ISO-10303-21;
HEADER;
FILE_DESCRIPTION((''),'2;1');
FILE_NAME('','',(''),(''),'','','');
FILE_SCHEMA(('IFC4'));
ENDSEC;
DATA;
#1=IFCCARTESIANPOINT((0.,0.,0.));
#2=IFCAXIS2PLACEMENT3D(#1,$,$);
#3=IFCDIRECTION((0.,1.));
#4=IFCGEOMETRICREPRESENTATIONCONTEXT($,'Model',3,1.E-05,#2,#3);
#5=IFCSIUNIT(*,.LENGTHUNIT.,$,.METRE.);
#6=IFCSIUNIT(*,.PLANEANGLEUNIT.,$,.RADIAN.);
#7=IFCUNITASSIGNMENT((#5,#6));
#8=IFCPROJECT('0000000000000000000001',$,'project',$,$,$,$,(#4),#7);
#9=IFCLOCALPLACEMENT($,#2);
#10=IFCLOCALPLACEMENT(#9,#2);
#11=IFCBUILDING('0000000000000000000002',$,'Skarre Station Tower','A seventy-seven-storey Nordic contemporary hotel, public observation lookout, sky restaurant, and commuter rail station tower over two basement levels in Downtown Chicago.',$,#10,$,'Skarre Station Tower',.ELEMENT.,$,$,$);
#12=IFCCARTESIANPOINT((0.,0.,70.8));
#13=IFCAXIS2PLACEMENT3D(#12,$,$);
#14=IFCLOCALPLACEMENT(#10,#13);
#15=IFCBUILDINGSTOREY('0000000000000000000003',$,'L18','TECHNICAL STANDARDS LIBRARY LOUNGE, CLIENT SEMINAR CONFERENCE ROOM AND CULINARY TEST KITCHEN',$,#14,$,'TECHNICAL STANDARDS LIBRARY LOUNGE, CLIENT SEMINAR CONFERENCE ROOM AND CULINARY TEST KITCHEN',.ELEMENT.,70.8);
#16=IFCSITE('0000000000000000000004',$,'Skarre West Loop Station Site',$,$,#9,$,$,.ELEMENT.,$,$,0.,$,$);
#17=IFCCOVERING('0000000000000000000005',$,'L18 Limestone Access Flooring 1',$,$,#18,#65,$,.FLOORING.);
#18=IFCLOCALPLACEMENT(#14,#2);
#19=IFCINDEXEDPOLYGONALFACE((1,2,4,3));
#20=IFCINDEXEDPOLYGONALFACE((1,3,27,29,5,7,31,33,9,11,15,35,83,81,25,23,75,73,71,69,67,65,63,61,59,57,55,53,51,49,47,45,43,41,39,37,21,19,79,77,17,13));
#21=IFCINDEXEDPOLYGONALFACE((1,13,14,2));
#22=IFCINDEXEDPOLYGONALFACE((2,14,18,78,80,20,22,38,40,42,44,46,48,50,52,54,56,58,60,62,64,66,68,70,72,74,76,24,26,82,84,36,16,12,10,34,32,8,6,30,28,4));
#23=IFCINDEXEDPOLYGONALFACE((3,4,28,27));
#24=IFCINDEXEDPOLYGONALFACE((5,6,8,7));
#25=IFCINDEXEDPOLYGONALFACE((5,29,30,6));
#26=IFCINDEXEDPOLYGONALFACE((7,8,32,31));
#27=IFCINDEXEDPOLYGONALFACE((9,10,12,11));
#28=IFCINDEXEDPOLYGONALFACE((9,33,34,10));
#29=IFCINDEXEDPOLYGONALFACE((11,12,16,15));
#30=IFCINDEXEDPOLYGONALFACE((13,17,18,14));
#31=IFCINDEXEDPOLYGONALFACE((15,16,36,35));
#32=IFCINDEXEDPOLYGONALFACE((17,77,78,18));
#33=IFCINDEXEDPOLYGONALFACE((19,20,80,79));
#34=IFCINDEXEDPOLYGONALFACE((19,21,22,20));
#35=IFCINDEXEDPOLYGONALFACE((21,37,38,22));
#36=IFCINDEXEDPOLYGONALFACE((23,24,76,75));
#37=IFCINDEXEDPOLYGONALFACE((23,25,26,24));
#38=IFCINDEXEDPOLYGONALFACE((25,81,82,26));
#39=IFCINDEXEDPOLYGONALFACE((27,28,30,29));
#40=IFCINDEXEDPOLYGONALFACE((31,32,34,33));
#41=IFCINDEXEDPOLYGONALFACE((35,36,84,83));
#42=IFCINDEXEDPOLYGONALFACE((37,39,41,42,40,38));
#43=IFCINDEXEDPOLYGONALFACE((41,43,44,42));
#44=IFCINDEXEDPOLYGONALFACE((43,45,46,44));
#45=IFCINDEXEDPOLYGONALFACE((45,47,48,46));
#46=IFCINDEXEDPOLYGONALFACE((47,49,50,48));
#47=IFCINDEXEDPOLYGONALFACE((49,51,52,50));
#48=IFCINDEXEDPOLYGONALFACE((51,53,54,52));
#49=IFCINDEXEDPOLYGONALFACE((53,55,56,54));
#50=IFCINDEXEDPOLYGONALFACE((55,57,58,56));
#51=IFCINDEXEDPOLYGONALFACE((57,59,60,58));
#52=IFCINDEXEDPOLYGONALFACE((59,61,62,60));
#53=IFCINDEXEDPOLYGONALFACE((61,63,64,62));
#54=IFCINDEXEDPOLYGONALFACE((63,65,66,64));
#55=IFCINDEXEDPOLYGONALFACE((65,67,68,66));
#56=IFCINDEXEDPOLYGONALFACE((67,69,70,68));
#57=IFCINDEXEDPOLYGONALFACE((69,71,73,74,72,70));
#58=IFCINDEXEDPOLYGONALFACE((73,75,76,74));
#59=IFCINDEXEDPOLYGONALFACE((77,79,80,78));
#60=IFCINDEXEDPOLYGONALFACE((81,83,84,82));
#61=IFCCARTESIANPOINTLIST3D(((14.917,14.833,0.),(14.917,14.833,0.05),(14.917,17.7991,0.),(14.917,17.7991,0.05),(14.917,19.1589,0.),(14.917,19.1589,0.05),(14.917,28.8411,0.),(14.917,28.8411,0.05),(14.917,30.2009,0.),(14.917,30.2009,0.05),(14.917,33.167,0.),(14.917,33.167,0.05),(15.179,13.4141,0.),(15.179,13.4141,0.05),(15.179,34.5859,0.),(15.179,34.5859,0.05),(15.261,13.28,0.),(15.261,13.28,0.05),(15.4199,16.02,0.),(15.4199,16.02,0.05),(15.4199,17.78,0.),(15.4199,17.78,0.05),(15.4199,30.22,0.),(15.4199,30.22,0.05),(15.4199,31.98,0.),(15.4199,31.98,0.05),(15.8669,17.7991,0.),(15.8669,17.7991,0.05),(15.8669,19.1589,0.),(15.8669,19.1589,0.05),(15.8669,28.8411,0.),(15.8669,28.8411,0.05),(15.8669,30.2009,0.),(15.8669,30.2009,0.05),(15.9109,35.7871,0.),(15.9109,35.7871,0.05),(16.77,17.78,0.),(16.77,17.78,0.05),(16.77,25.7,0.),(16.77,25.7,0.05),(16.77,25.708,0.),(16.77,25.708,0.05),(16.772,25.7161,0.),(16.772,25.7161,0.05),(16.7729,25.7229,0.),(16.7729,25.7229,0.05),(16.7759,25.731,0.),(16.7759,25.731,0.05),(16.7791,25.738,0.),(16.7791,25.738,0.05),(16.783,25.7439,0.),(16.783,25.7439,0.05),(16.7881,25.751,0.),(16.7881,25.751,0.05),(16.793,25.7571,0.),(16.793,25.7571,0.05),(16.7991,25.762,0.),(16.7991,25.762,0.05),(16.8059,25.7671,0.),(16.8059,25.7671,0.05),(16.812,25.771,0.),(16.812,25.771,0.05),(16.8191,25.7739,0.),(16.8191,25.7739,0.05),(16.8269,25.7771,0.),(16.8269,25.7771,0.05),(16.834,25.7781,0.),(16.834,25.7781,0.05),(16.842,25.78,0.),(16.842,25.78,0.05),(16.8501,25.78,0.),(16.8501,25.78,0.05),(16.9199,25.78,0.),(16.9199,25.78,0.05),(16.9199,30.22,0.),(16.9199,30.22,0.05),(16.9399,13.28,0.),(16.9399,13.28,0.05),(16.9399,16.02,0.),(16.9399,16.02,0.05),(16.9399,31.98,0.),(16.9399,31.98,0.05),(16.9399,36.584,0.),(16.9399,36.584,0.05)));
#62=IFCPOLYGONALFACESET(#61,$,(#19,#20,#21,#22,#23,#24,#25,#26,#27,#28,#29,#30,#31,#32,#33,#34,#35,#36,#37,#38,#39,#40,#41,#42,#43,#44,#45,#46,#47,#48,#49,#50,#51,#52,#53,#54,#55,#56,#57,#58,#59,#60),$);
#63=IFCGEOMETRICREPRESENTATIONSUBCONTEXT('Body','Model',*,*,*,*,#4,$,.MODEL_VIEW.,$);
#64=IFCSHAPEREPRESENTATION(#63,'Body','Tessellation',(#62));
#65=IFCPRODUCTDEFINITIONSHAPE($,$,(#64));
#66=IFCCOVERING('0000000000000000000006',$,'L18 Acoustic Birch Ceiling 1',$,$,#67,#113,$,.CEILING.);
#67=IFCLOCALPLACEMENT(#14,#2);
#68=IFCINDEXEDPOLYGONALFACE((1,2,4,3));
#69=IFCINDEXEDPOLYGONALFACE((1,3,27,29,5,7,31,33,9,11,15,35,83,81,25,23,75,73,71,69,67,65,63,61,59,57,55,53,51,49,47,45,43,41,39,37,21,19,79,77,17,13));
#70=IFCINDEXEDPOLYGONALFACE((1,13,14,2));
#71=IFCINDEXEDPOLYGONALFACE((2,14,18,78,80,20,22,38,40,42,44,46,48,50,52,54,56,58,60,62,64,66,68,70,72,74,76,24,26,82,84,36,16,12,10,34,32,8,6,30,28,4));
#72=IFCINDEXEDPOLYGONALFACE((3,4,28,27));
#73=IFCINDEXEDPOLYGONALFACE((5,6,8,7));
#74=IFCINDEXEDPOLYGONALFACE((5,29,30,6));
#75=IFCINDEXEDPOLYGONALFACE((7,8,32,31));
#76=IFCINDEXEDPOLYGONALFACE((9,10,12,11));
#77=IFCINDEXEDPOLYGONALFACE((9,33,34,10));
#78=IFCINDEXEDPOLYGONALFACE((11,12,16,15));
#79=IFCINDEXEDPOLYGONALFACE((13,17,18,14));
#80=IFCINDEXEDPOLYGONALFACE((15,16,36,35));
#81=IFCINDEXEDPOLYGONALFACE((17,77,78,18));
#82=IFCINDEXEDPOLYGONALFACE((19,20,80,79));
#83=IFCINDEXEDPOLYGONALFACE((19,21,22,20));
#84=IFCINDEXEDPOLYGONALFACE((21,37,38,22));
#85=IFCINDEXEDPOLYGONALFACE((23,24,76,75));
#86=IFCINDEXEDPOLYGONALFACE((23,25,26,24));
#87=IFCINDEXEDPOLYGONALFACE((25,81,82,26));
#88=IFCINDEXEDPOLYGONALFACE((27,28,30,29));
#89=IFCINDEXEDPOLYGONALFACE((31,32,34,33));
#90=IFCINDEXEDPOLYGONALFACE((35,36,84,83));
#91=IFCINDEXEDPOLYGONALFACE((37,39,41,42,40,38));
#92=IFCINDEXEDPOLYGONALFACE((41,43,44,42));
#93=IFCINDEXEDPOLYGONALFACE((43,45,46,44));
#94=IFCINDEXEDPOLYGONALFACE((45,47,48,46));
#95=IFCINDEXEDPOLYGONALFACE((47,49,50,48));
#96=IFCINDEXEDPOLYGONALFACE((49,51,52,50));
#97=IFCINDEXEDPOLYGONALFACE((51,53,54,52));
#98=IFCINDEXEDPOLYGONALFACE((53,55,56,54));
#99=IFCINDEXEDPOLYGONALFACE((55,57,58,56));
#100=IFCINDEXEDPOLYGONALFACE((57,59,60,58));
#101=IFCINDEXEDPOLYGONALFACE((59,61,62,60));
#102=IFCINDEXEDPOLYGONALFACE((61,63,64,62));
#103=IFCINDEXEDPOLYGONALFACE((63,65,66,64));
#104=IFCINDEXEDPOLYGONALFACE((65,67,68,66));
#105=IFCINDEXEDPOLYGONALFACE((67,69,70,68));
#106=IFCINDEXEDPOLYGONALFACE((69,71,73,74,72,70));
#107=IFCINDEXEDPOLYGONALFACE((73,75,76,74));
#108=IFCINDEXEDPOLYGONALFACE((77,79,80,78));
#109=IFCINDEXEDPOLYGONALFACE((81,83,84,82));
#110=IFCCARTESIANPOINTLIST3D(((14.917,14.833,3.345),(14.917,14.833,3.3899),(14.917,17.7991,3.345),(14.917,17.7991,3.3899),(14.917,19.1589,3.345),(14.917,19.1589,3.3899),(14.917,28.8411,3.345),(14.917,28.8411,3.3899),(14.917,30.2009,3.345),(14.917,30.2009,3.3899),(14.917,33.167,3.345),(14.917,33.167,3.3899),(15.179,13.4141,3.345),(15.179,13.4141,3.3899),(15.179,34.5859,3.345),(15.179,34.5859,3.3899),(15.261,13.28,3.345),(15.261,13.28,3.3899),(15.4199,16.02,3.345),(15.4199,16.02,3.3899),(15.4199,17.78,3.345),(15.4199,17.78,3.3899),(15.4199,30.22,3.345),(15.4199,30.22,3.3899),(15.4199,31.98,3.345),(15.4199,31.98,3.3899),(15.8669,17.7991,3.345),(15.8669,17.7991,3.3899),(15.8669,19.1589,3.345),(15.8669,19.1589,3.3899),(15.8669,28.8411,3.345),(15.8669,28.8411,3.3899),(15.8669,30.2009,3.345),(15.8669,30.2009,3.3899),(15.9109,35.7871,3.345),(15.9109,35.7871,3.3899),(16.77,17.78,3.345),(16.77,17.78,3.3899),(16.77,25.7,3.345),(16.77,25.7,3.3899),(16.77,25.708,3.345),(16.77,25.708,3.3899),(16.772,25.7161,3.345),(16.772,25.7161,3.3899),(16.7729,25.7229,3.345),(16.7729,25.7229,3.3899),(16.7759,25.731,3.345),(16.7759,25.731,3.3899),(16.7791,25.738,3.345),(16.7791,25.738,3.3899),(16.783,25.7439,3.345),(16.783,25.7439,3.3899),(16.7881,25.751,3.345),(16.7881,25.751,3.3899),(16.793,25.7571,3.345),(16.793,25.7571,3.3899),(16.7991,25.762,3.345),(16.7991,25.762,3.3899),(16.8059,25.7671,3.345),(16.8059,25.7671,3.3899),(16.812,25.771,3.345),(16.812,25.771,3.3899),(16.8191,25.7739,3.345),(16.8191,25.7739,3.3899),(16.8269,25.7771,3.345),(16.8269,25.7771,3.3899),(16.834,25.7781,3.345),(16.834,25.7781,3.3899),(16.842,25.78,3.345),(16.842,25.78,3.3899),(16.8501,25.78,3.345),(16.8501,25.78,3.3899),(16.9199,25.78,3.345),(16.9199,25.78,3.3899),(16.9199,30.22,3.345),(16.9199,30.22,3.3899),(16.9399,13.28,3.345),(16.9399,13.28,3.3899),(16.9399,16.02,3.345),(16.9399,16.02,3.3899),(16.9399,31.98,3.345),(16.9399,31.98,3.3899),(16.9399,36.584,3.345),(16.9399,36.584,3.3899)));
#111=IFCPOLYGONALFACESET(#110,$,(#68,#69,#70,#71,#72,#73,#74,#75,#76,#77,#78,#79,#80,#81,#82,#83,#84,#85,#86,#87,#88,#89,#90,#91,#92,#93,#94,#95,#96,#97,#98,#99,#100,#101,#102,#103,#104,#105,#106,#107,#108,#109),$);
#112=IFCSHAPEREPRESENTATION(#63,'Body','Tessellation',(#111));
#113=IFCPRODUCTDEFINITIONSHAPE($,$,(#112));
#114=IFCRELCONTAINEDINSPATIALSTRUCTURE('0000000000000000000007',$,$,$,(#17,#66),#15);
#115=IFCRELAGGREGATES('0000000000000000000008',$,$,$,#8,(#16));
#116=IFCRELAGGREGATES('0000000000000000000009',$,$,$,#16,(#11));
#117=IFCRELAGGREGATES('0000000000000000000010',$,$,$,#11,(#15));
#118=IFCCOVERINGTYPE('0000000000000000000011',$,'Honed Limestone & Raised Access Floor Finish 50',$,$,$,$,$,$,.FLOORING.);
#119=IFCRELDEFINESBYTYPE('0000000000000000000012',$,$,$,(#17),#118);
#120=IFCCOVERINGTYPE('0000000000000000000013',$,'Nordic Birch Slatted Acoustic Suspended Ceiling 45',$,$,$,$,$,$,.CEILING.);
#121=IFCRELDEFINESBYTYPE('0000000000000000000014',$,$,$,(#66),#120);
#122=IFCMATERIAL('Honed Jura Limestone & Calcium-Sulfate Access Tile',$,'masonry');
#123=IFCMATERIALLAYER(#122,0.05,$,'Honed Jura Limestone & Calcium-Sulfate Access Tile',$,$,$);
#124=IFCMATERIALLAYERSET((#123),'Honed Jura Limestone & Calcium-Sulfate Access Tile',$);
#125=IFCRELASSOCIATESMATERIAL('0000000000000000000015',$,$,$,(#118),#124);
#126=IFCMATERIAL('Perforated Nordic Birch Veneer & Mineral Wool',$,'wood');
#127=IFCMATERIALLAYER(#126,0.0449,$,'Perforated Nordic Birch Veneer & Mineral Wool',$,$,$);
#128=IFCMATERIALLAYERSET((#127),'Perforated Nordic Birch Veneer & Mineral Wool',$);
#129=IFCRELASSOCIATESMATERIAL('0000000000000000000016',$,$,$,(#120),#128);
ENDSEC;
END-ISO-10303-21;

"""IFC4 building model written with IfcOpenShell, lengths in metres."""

from ifc_helpers import new_model, si_unit, direction, frame, origin, place, context, subcontext, project, spatial, polyline, outline, extrude, material, layer, layer_set, type_object, element, save


model = new_model("IFC4")

# Units and contexts
model_context = context("Model", 3, precision=1e-05, world=origin(), true_north=direction((0.0, 1.0)))
body_context = subcontext(model_context, "Body", "Model", "MODEL_VIEW")
ifc_project = project(units=[si_unit("LENGTHUNIT", "METRE"), si_unit("PLANEANGLEUNIT", "RADIAN")], contexts=[model_context])

# Site, building, storey
site_placement = place(None, origin())
site = spatial("IfcSite", under=ifc_project, at=site_placement, Name="Skarre West Loop Station Site", CompositionType="ELEMENT", RefElevation=0.0)
building_placement = place(site_placement, origin())
building = spatial("IfcBuilding", under=site, at=building_placement, Name="Skarre Station Tower", Description="A seventy-seven-storey Nordic contemporary hotel, public observation lookout, sky restaurant, and commuter rail station tower over two basement levels in Downtown Chicago.", LongName="Skarre Station Tower", CompositionType="ELEMENT")
storey_placement = place(building_placement, frame((0.0, 0.0, 70.8)))
storey = spatial("IfcBuildingStorey", under=building, at=storey_placement, Name="L18", Description="TECHNICAL STANDARDS LIBRARY LOUNGE, CLIENT SEMINAR CONFERENCE ROOM AND CULINARY TEST KITCHEN", LongName="TECHNICAL STANDARDS LIBRARY LOUNGE, CLIENT SEMINAR CONFERENCE ROOM AND CULINARY TEST KITCHEN", CompositionType="ELEMENT", Elevation=70.8)

# Coverings
ifc_material_1 = material(Name="Honed Jura Limestone & Calcium-Sulfate Access Tile", Category="masonry")
ifc_layer_1 = layer(ifc_material_1, 0.05, Name="Honed Jura Limestone & Calcium-Sulfate Access Tile")
ifc_layer_set_1 = layer_set([ifc_layer_1], Name="Honed Jura Limestone & Calcium-Sulfate Access Tile")
covering_type_1 = type_object("IfcCoveringType", Name="Honed Limestone & Raised Access Floor Finish 50", PredefinedType="FLOORING", material=ifc_layer_set_1)
covering_1_placement = place(storey_placement, origin())
element("IfcCovering", 1, at=covering_1_placement, inside=storey, type_object=covering_type_1, Name="L18 Limestone Access Flooring 1", PredefinedType="FLOORING", context=body_context, shape_type="SweptSolid", body=[
    extrude(outline(polyline([(16.9399, 36.584), (15.9109, 35.7871), (15.179, 34.5859), (14.917, 33.167), (14.917, 30.2009), (15.8669, 30.2009), (15.8669, 28.8411), (14.917, 28.8411), (14.917, 19.1589), (15.8669, 19.1589), (15.8669, 17.7991), (14.917, 17.7991), (14.917, 14.833), (15.179, 13.4141), (15.261, 13.28), (16.9399, 13.28), (16.9399, 16.02), (15.4199, 16.02), (15.4199, 17.78), (16.77, 17.78), (16.77, 25.7), (16.77, 25.708), (16.772, 25.7161), (16.7729, 25.7229), (16.7759, 25.731), (16.7791, 25.738), (16.783, 25.7439), (16.7881, 25.751), (16.793, 25.7571), (16.7991, 25.762), (16.8059, 25.7671), (16.812, 25.771), (16.8191, 25.7739), (16.8269, 25.7771), (16.834, 25.7781), (16.842, 25.78), (16.8501, 25.78), (16.9199, 25.78), (16.9199, 30.22), (15.4199, 30.22), (15.4199, 31.98), (16.9399, 31.98), (16.9399, 36.584)])), origin(), (0.0, 0.0, 1.0), 0.05),
])
ifc_material_2 = material(Name="Perforated Nordic Birch Veneer & Mineral Wool", Category="wood")
ifc_layer_2 = layer(ifc_material_2, 0.0449, Name="Perforated Nordic Birch Veneer & Mineral Wool")
ifc_layer_set_2 = layer_set([ifc_layer_2], Name="Perforated Nordic Birch Veneer & Mineral Wool")
covering_type_2 = type_object("IfcCoveringType", Name="Nordic Birch Slatted Acoustic Suspended Ceiling 45", PredefinedType="CEILING", material=ifc_layer_set_2)
covering_2_placement = place(storey_placement, frame((0.0, 0.0, 3.345)))
element("IfcCovering", 2, at=covering_2_placement, inside=storey, type_object=covering_type_2, Name="L18 Acoustic Birch Ceiling 1", PredefinedType="CEILING", context=body_context, shape_type="SweptSolid", body=[
    extrude(outline(polyline([(16.9399, 36.584), (15.9109, 35.7871), (15.179, 34.5859), (14.917, 33.167), (14.917, 30.2009), (15.8669, 30.2009), (15.8669, 28.8411), (14.917, 28.8411), (14.917, 19.1589), (15.8669, 19.1589), (15.8669, 17.7991), (14.917, 17.7991), (14.917, 14.833), (15.179, 13.4141), (15.261, 13.28), (16.9399, 13.28), (16.9399, 16.02), (15.4199, 16.02), (15.4199, 17.78), (16.77, 17.78), (16.77, 25.7), (16.77, 25.708), (16.772, 25.7161), (16.7729, 25.7229), (16.7759, 25.731), (16.7791, 25.738), (16.783, 25.7439), (16.7881, 25.751), (16.793, 25.7571), (16.7991, 25.762), (16.8059, 25.7671), (16.812, 25.771), (16.8191, 25.7739), (16.8269, 25.7771), (16.834, 25.7781), (16.842, 25.78), (16.8501, 25.78), (16.9199, 25.78), (16.9199, 30.22), (15.4199, 30.22), (15.4199, 31.98), (16.9399, 31.98), (16.9399, 36.584)])), origin(), (0.0, 0.0, 1.0), 0.0449),
])

save(model, "model.ifc")
